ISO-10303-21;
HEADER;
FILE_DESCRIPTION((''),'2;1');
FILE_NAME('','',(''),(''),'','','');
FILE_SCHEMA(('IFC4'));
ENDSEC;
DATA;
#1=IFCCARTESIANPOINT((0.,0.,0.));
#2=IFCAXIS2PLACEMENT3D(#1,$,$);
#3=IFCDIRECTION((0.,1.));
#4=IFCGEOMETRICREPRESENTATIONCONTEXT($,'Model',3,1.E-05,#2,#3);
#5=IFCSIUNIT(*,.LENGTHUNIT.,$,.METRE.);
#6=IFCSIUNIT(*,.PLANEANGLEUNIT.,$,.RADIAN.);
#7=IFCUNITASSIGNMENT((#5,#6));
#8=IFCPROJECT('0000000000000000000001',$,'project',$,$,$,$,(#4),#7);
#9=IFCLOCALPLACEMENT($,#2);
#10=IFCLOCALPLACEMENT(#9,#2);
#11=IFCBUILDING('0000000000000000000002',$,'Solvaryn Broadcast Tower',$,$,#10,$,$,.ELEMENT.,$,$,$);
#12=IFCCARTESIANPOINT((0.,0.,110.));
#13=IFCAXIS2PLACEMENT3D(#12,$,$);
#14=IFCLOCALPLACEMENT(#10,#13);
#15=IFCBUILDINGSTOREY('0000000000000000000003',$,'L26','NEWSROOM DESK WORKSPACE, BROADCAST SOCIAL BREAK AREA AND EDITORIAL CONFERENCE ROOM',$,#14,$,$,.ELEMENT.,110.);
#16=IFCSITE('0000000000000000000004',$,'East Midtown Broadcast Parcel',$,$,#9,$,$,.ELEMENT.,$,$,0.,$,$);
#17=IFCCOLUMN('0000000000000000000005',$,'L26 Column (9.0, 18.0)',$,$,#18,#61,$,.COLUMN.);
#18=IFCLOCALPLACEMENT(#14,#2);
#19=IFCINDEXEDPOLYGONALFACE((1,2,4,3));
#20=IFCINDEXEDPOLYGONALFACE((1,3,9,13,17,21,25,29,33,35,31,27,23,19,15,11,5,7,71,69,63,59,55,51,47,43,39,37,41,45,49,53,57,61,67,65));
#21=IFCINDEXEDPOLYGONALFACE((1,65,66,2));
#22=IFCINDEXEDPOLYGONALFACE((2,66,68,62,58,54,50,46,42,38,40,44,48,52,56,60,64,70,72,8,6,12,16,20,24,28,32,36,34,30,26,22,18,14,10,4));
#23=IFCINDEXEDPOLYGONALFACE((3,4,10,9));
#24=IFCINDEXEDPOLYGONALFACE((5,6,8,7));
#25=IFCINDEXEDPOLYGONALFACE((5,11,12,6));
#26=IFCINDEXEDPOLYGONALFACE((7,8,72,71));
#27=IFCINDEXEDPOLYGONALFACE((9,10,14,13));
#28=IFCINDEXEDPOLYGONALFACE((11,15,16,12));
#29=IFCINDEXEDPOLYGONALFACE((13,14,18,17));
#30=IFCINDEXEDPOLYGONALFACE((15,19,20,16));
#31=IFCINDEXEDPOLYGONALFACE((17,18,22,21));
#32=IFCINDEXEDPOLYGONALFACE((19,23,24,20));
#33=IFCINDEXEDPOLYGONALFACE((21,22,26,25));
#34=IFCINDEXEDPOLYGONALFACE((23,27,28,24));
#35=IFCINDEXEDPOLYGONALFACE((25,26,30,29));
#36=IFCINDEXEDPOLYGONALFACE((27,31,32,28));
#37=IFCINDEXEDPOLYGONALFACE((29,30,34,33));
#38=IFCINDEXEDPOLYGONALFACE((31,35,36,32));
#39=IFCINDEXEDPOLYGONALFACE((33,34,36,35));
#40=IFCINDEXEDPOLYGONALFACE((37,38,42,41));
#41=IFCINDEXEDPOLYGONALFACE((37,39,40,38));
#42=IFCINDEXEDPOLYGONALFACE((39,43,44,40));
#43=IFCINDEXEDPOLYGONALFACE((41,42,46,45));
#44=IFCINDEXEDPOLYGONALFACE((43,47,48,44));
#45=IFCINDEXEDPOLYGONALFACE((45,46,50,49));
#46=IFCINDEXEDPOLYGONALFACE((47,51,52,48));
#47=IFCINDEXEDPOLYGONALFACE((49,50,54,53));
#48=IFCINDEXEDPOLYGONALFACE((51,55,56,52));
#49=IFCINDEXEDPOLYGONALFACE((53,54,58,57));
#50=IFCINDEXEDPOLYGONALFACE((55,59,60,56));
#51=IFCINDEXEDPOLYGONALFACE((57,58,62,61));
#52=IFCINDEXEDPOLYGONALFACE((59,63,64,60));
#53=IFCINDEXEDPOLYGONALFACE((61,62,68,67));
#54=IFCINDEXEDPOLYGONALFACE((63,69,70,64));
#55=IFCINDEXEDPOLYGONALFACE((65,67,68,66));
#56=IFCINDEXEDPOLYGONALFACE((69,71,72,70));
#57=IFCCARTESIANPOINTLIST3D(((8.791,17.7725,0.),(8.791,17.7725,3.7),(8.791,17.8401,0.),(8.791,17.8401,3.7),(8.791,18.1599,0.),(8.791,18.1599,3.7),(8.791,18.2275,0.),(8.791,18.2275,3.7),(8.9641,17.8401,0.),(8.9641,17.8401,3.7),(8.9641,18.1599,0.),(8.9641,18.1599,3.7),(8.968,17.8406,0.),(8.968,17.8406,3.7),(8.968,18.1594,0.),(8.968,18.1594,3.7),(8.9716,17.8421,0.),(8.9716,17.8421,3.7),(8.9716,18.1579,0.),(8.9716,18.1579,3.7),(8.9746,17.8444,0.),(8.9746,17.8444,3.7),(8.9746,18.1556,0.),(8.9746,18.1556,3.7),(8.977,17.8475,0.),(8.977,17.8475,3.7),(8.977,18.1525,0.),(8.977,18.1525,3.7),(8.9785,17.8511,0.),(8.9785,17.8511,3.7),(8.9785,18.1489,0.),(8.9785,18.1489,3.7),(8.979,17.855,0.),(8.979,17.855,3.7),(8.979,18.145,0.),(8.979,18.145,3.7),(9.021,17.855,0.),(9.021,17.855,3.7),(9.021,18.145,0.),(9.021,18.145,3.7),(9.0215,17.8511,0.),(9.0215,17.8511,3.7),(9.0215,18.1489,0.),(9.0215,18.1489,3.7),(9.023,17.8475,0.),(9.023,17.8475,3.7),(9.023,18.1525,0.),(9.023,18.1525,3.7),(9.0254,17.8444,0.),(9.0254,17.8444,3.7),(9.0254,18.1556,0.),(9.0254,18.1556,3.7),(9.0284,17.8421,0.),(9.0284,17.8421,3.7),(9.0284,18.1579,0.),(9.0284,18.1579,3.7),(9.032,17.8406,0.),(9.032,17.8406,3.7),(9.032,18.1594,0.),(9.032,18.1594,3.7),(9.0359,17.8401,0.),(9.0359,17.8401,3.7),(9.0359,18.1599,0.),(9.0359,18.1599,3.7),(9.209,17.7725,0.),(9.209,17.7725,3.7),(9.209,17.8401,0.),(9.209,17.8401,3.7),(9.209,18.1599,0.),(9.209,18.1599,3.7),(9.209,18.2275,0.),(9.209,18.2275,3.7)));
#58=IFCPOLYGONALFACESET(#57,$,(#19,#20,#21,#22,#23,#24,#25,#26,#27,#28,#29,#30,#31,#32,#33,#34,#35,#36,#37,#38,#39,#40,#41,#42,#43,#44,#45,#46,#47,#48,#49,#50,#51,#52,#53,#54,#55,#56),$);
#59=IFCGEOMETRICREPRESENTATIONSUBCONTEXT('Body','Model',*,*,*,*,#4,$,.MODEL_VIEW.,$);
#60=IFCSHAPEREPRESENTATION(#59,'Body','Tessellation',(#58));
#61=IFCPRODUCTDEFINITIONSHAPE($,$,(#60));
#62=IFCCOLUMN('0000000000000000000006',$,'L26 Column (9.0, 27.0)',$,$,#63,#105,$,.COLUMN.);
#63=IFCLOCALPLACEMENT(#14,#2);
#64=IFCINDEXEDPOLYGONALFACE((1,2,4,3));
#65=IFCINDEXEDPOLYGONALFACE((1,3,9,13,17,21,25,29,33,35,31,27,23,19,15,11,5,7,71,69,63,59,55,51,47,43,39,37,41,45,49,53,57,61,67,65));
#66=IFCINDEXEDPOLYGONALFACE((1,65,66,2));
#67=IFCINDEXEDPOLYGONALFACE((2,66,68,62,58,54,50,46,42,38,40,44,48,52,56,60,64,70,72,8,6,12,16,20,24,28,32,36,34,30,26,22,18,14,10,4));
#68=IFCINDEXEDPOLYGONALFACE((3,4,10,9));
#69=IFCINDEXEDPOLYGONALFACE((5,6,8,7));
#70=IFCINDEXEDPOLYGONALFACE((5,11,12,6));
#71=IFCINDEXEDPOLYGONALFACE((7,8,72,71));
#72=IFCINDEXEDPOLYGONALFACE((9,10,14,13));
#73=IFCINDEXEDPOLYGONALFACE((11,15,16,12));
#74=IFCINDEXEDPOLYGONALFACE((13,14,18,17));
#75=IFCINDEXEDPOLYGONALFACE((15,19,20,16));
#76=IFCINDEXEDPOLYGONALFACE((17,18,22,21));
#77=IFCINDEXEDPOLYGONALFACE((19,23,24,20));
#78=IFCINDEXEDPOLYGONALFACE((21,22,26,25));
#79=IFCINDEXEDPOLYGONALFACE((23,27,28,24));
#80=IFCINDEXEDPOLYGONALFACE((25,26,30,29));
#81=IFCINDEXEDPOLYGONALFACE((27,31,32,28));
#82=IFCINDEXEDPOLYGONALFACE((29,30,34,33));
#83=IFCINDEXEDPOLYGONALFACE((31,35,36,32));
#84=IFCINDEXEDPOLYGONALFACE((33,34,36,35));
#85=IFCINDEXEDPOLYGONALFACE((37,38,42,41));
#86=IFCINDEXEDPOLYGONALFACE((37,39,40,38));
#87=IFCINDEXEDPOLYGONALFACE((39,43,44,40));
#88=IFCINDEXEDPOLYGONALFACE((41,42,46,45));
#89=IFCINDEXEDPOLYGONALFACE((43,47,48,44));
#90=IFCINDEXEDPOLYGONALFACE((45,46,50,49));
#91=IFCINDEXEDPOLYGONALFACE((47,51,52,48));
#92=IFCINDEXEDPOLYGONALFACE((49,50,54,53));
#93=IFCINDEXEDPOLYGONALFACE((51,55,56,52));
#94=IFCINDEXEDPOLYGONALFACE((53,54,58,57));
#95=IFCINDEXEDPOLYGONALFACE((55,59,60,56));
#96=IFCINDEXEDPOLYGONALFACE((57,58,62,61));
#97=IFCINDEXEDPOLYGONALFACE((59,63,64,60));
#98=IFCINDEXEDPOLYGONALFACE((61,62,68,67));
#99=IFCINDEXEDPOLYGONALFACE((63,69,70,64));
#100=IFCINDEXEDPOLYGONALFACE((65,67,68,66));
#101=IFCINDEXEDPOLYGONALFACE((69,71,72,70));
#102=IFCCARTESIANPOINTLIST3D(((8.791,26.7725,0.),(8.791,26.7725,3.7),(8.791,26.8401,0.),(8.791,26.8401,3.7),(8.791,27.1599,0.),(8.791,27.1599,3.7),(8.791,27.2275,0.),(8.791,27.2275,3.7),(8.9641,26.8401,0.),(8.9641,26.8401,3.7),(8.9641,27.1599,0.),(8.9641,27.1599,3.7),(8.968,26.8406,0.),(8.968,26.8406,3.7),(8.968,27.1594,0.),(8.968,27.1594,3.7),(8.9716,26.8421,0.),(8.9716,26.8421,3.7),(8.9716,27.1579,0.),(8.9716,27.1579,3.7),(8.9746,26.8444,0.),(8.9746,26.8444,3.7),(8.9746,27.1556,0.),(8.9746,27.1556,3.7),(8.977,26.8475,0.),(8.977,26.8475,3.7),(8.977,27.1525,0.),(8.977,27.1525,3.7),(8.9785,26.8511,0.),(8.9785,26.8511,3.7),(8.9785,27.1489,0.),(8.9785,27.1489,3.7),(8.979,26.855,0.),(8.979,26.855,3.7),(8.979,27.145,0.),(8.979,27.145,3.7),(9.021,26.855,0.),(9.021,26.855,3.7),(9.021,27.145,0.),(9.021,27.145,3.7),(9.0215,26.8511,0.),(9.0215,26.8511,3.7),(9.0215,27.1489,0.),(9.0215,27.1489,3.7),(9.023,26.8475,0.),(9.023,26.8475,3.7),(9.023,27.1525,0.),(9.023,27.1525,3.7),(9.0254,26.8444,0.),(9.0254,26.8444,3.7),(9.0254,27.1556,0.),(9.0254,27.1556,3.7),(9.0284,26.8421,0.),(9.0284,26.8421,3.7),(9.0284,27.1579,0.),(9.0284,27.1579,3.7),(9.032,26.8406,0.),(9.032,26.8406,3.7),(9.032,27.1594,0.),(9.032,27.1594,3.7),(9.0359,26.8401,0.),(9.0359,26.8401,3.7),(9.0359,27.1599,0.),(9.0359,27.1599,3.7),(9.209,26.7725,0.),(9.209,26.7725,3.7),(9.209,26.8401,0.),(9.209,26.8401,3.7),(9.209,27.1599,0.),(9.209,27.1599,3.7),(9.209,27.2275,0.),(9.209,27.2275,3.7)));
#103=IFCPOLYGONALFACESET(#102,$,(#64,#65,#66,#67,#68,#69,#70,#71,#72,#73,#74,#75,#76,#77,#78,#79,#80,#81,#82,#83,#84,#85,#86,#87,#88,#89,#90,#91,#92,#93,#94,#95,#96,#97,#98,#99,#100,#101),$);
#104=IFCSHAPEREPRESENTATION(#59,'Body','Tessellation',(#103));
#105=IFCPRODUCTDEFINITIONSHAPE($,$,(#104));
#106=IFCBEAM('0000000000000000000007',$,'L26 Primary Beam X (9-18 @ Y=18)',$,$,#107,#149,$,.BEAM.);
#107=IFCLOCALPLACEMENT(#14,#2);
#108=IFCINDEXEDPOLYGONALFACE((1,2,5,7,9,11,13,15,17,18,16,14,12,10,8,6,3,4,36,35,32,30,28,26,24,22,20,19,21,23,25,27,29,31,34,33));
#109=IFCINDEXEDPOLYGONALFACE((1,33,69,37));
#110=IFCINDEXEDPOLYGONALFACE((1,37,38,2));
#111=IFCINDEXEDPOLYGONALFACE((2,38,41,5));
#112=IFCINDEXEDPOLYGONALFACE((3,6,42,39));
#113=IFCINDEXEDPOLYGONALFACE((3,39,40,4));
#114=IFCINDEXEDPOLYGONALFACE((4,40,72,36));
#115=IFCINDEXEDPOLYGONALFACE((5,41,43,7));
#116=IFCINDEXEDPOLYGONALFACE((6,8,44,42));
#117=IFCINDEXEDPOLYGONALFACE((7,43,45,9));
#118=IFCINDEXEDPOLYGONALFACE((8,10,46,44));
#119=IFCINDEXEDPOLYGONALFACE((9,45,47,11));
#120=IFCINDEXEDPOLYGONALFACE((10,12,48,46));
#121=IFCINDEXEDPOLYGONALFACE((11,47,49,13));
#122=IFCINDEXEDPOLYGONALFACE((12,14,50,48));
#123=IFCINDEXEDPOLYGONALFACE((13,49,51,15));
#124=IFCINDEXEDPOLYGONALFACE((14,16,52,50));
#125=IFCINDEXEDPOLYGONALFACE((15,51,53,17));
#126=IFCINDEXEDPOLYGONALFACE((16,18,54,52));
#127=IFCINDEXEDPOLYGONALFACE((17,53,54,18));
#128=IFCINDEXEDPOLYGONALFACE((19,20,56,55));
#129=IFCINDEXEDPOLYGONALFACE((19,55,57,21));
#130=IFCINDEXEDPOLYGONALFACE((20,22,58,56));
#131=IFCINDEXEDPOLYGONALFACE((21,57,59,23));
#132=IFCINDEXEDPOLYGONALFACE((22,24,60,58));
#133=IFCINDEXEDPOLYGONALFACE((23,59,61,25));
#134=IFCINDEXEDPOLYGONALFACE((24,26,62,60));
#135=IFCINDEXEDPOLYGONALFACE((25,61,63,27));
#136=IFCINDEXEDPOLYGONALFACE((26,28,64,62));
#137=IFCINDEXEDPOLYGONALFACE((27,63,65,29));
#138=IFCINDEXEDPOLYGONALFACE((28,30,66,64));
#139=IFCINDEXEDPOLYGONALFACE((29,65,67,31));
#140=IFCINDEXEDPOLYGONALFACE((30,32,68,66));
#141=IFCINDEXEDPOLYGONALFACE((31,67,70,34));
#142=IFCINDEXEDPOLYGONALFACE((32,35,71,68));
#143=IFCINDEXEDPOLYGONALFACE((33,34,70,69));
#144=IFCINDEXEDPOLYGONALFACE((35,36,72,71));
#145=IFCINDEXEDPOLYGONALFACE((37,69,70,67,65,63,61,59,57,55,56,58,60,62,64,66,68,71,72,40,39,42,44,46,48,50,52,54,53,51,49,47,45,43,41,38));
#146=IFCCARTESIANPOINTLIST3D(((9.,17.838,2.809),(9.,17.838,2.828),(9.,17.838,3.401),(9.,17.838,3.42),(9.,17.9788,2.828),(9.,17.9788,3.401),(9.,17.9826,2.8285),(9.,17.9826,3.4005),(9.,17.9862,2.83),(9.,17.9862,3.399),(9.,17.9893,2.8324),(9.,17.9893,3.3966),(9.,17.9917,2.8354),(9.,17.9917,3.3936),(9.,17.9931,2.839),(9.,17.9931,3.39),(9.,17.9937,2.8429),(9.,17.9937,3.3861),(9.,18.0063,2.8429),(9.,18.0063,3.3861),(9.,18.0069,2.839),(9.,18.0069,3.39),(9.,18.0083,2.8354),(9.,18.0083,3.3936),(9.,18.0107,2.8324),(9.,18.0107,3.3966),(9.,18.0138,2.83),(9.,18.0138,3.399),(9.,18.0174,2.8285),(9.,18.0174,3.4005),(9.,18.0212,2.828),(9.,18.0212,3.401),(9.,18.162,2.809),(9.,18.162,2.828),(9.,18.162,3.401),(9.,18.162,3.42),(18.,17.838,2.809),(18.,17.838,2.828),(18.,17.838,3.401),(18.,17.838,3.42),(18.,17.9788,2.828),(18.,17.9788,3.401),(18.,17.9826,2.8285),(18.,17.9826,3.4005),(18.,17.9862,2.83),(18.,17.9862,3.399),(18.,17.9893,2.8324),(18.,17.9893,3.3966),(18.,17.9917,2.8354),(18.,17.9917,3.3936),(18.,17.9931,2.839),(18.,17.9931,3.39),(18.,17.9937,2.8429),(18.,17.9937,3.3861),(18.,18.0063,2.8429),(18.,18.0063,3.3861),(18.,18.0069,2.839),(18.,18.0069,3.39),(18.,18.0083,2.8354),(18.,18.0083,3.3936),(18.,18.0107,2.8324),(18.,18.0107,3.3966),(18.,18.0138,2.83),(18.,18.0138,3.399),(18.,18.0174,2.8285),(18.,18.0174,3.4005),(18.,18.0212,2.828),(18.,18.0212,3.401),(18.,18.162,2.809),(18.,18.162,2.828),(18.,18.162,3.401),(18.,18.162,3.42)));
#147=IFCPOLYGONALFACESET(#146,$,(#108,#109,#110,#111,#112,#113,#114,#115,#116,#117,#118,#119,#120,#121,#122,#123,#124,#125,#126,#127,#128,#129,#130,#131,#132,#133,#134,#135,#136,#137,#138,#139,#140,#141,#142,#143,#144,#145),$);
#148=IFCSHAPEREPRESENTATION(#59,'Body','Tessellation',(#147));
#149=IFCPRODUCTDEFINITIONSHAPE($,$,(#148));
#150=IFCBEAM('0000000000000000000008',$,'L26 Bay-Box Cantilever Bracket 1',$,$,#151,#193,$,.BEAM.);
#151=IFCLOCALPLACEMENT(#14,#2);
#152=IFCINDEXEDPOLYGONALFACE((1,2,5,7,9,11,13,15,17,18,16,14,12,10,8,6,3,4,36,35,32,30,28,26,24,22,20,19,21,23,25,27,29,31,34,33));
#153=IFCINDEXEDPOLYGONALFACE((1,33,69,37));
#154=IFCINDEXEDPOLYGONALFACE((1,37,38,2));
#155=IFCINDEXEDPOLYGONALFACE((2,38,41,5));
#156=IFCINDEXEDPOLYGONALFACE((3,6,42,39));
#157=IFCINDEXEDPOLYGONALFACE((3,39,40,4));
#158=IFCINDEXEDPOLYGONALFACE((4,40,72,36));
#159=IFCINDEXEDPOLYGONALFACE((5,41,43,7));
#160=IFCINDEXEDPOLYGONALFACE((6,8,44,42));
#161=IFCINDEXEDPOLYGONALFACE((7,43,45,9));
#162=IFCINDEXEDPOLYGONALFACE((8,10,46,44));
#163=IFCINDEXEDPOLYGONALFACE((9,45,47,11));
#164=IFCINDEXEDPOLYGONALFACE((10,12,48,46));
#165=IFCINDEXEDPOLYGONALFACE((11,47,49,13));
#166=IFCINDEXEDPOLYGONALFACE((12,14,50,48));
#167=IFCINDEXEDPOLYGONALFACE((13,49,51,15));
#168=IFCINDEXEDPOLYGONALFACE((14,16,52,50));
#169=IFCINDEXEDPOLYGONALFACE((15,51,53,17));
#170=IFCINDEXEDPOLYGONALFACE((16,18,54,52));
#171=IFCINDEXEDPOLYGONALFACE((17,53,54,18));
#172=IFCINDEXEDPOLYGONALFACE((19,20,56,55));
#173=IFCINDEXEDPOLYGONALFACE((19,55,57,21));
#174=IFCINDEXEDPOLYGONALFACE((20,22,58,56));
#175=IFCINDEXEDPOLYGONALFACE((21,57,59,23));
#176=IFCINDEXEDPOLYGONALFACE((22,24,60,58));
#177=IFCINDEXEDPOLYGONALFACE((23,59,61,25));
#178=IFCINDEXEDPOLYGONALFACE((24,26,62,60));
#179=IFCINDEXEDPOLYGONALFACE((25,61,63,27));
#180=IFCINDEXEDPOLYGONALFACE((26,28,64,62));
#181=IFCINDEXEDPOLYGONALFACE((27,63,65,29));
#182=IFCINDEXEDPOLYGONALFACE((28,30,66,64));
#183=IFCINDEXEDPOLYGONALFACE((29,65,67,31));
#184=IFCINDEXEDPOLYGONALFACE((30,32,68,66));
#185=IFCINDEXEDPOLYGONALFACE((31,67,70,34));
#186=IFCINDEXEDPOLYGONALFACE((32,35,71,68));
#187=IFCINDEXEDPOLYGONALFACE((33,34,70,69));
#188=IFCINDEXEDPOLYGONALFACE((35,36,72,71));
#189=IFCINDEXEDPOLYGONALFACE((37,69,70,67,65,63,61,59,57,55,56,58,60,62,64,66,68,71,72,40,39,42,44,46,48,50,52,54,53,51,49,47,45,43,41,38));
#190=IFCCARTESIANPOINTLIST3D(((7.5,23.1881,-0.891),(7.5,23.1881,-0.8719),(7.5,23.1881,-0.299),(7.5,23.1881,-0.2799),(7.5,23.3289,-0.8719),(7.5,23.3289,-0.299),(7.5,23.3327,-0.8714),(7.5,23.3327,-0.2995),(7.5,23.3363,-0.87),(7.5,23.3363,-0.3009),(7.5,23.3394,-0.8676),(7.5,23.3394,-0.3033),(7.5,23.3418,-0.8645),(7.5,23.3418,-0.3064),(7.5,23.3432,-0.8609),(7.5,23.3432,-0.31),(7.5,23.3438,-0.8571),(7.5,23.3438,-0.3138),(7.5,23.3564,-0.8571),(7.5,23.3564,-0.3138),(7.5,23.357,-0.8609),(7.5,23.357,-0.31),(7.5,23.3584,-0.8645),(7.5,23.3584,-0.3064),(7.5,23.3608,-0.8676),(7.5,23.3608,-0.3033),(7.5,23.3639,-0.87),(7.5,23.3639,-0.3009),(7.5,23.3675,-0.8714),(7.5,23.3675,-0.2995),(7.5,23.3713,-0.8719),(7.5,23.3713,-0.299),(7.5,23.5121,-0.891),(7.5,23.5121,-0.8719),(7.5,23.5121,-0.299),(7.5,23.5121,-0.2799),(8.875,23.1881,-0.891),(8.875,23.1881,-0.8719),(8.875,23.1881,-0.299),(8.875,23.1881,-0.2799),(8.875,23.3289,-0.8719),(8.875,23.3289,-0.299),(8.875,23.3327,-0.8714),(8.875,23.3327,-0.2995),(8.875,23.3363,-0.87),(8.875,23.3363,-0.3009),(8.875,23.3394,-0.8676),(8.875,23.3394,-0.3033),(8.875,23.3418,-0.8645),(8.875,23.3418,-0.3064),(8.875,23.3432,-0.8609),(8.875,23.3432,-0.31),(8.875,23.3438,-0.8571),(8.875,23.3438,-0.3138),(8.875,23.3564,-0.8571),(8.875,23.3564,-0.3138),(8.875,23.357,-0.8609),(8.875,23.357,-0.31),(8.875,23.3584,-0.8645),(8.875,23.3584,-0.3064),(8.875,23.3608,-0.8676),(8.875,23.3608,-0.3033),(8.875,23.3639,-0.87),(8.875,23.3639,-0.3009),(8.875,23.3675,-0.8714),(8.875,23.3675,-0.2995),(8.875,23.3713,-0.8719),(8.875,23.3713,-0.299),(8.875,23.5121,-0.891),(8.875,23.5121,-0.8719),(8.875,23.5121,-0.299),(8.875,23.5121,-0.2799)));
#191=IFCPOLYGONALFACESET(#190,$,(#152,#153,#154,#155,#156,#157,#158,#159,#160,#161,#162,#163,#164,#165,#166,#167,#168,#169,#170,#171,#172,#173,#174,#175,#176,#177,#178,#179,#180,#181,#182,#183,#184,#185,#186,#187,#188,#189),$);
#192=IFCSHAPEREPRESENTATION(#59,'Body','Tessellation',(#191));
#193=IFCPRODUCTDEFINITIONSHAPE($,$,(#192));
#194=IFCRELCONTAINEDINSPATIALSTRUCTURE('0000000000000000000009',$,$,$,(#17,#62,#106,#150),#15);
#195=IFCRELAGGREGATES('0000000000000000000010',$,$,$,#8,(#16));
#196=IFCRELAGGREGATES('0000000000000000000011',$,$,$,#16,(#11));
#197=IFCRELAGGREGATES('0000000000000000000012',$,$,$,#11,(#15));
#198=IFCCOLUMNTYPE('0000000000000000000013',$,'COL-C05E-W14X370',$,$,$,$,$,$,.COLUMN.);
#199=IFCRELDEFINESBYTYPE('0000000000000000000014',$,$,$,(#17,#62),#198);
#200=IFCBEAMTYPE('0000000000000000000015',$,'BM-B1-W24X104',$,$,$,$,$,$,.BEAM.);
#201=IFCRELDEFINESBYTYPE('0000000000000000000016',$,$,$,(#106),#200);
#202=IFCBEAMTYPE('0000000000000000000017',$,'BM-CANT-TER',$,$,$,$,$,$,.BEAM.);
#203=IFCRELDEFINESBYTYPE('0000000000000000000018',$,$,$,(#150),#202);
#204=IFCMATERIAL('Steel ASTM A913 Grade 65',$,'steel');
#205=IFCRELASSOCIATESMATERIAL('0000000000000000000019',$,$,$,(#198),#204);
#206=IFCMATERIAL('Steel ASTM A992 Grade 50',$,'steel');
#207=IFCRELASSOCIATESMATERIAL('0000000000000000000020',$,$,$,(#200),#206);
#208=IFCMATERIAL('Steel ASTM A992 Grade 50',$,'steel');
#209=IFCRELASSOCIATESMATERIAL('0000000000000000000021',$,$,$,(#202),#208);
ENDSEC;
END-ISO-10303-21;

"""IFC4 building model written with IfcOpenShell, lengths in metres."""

from ifc_helpers import new_model, si_unit, direction, frame, origin, origin_2d, place, context, subcontext, project, spatial, i_section, extrude, material, material_profile, profile_set, type_object, element, save


model = new_model("IFC4")

# Units and contexts
model_context = context("Model", 3, precision=1e-05, world=origin(), true_north=direction((0.0, 1.0)))
body_context = subcontext(model_context, "Body", "Model", "MODEL_VIEW")
ifc_project = project(units=[si_unit("LENGTHUNIT", "METRE"), si_unit("PLANEANGLEUNIT", "RADIAN")], contexts=[model_context])

# Site, building, storey
site_placement = place(None, origin())
site = spatial("IfcSite", under=ifc_project, at=site_placement, Name="East Midtown Broadcast Parcel", CompositionType="ELEMENT", RefElevation=0.0)
building_placement = place(site_placement, origin())
building = spatial("IfcBuilding", under=site, at=building_placement, Name="Solvaryn Broadcast Tower", CompositionType="ELEMENT")
storey_placement = place(building_placement, frame((0.0, 0.0, 110.0)))
storey = spatial("IfcBuildingStorey", under=building, at=storey_placement, Name="L26", Description="NEWSROOM DESK WORKSPACE, BROADCAST SOCIAL BREAK AREA AND EDITORIAL CONFERENCE ROOM", CompositionType="ELEMENT", Elevation=110.0)

# Columns
ifc_material_1 = material(Name="Steel ASTM A913 Grade 65", Category="steel")
ifc_material_profile_1 = material_profile(ifc_material_1, i_section(OverallWidth=0.418, OverallDepth=0.4551, WebThickness=0.042, FlangeThickness=0.0676, FilletRadius=0.0149, at=origin_2d()))
ifc_profile_set_1 = profile_set([ifc_material_profile_1], Name="Steel ASTM A913 Grade 65")
column_type = type_object("IfcColumnType", Name="COL-C05E-W14X370", PredefinedType="COLUMN", material=ifc_profile_set_1)
for number, where, z_axis, x_axis, name in (
    (1, (9.0, 18.0, 0.0), (0.0, 0.0, 1.0), (1.0, 0.0, 0.0), "L26 Column (9.0, 18.0)"),
    (2, (9.0, 27.0, 0.0), (0.0, 0.0, 1.0), (1.0, 0.0, 0.0), "L26 Column (9.0, 27.0)"),
):
    element("IfcColumn", number, at=place(storey_placement, frame(where, z_axis=z_axis, x_axis=x_axis)), inside=storey, type_object=column_type, Name=name, PredefinedType="COLUMN", context=body_context, shape_type="SweptSolid", body=[
        extrude(i_section(OverallWidth=0.418, OverallDepth=0.4551, WebThickness=0.042, FlangeThickness=0.0676, FilletRadius=0.0149, at=origin_2d()), origin(), (0.0, 0.0, 1.0), 3.7),
    ])

# Beams
ifc_material_2 = material(Name="Steel ASTM A992 Grade 50", Category="steel")
ifc_material_profile_2 = material_profile(ifc_material_2, i_section(OverallWidth=0.324, OverallDepth=0.6111, WebThickness=0.0127, FlangeThickness=0.019, FilletRadius=0.0149, at=origin_2d()))
ifc_profile_set_2 = profile_set([ifc_material_profile_2], Name="Steel ASTM A992 Grade 50")
beam_type_1 = type_object("IfcBeamType", Name="BM-B1-W24X104", PredefinedType="BEAM", material=ifc_profile_set_2)
beam_1_placement = place(storey_placement, frame((9.0, 18.0, 3.1145), z_axis=(1.0, 0.0, 0.0), x_axis=(0.0, 1.0, 0.0)))
element("IfcBeam", 3, at=beam_1_placement, inside=storey, type_object=beam_type_1, Name="L26 Primary Beam X (9-18 @ Y=18)", PredefinedType="BEAM", context=body_context, shape_type="SweptSolid", body=[
    extrude(i_section(OverallWidth=0.324, OverallDepth=0.6111, WebThickness=0.0127, FlangeThickness=0.019, FilletRadius=0.0149, at=origin_2d()), origin(), (0.0, 0.0, 1.0), 9.0),
])
ifc_material_3 = material(Name="Steel ASTM A992 Grade 50", Category="steel")
ifc_material_profile_3 = material_profile(ifc_material_3, i_section(OverallWidth=0.324, OverallDepth=0.6111, WebThickness=0.0127, FlangeThickness=0.019, FilletRadius=0.0149, at=origin_2d()))
ifc_profile_set_3 = profile_set([ifc_material_profile_3], Name="Steel ASTM A992 Grade 50")
beam_type_2 = type_object("IfcBeamType", Name="BM-CANT-TER", PredefinedType="BEAM", material=ifc_profile_set_3)
beam_2_placement = place(storey_placement, frame((8.875, 23.3501, -0.5854), z_axis=(-1.0, 0.0, 0.0), x_axis=(0.0, -1.0, 0.0)))
element("IfcBeam", 4, at=beam_2_placement, inside=storey, type_object=beam_type_2, Name="L26 Bay-Box Cantilever Bracket 1", PredefinedType="BEAM", context=body_context, shape_type="SweptSolid", body=[
    extrude(i_section(OverallWidth=0.324, OverallDepth=0.6111, WebThickness=0.0127, FlangeThickness=0.019, FilletRadius=0.0149, at=origin_2d()), origin(), (0.0, 0.0, 1.0), 1.375),
])

save(model, "model.ifc")
